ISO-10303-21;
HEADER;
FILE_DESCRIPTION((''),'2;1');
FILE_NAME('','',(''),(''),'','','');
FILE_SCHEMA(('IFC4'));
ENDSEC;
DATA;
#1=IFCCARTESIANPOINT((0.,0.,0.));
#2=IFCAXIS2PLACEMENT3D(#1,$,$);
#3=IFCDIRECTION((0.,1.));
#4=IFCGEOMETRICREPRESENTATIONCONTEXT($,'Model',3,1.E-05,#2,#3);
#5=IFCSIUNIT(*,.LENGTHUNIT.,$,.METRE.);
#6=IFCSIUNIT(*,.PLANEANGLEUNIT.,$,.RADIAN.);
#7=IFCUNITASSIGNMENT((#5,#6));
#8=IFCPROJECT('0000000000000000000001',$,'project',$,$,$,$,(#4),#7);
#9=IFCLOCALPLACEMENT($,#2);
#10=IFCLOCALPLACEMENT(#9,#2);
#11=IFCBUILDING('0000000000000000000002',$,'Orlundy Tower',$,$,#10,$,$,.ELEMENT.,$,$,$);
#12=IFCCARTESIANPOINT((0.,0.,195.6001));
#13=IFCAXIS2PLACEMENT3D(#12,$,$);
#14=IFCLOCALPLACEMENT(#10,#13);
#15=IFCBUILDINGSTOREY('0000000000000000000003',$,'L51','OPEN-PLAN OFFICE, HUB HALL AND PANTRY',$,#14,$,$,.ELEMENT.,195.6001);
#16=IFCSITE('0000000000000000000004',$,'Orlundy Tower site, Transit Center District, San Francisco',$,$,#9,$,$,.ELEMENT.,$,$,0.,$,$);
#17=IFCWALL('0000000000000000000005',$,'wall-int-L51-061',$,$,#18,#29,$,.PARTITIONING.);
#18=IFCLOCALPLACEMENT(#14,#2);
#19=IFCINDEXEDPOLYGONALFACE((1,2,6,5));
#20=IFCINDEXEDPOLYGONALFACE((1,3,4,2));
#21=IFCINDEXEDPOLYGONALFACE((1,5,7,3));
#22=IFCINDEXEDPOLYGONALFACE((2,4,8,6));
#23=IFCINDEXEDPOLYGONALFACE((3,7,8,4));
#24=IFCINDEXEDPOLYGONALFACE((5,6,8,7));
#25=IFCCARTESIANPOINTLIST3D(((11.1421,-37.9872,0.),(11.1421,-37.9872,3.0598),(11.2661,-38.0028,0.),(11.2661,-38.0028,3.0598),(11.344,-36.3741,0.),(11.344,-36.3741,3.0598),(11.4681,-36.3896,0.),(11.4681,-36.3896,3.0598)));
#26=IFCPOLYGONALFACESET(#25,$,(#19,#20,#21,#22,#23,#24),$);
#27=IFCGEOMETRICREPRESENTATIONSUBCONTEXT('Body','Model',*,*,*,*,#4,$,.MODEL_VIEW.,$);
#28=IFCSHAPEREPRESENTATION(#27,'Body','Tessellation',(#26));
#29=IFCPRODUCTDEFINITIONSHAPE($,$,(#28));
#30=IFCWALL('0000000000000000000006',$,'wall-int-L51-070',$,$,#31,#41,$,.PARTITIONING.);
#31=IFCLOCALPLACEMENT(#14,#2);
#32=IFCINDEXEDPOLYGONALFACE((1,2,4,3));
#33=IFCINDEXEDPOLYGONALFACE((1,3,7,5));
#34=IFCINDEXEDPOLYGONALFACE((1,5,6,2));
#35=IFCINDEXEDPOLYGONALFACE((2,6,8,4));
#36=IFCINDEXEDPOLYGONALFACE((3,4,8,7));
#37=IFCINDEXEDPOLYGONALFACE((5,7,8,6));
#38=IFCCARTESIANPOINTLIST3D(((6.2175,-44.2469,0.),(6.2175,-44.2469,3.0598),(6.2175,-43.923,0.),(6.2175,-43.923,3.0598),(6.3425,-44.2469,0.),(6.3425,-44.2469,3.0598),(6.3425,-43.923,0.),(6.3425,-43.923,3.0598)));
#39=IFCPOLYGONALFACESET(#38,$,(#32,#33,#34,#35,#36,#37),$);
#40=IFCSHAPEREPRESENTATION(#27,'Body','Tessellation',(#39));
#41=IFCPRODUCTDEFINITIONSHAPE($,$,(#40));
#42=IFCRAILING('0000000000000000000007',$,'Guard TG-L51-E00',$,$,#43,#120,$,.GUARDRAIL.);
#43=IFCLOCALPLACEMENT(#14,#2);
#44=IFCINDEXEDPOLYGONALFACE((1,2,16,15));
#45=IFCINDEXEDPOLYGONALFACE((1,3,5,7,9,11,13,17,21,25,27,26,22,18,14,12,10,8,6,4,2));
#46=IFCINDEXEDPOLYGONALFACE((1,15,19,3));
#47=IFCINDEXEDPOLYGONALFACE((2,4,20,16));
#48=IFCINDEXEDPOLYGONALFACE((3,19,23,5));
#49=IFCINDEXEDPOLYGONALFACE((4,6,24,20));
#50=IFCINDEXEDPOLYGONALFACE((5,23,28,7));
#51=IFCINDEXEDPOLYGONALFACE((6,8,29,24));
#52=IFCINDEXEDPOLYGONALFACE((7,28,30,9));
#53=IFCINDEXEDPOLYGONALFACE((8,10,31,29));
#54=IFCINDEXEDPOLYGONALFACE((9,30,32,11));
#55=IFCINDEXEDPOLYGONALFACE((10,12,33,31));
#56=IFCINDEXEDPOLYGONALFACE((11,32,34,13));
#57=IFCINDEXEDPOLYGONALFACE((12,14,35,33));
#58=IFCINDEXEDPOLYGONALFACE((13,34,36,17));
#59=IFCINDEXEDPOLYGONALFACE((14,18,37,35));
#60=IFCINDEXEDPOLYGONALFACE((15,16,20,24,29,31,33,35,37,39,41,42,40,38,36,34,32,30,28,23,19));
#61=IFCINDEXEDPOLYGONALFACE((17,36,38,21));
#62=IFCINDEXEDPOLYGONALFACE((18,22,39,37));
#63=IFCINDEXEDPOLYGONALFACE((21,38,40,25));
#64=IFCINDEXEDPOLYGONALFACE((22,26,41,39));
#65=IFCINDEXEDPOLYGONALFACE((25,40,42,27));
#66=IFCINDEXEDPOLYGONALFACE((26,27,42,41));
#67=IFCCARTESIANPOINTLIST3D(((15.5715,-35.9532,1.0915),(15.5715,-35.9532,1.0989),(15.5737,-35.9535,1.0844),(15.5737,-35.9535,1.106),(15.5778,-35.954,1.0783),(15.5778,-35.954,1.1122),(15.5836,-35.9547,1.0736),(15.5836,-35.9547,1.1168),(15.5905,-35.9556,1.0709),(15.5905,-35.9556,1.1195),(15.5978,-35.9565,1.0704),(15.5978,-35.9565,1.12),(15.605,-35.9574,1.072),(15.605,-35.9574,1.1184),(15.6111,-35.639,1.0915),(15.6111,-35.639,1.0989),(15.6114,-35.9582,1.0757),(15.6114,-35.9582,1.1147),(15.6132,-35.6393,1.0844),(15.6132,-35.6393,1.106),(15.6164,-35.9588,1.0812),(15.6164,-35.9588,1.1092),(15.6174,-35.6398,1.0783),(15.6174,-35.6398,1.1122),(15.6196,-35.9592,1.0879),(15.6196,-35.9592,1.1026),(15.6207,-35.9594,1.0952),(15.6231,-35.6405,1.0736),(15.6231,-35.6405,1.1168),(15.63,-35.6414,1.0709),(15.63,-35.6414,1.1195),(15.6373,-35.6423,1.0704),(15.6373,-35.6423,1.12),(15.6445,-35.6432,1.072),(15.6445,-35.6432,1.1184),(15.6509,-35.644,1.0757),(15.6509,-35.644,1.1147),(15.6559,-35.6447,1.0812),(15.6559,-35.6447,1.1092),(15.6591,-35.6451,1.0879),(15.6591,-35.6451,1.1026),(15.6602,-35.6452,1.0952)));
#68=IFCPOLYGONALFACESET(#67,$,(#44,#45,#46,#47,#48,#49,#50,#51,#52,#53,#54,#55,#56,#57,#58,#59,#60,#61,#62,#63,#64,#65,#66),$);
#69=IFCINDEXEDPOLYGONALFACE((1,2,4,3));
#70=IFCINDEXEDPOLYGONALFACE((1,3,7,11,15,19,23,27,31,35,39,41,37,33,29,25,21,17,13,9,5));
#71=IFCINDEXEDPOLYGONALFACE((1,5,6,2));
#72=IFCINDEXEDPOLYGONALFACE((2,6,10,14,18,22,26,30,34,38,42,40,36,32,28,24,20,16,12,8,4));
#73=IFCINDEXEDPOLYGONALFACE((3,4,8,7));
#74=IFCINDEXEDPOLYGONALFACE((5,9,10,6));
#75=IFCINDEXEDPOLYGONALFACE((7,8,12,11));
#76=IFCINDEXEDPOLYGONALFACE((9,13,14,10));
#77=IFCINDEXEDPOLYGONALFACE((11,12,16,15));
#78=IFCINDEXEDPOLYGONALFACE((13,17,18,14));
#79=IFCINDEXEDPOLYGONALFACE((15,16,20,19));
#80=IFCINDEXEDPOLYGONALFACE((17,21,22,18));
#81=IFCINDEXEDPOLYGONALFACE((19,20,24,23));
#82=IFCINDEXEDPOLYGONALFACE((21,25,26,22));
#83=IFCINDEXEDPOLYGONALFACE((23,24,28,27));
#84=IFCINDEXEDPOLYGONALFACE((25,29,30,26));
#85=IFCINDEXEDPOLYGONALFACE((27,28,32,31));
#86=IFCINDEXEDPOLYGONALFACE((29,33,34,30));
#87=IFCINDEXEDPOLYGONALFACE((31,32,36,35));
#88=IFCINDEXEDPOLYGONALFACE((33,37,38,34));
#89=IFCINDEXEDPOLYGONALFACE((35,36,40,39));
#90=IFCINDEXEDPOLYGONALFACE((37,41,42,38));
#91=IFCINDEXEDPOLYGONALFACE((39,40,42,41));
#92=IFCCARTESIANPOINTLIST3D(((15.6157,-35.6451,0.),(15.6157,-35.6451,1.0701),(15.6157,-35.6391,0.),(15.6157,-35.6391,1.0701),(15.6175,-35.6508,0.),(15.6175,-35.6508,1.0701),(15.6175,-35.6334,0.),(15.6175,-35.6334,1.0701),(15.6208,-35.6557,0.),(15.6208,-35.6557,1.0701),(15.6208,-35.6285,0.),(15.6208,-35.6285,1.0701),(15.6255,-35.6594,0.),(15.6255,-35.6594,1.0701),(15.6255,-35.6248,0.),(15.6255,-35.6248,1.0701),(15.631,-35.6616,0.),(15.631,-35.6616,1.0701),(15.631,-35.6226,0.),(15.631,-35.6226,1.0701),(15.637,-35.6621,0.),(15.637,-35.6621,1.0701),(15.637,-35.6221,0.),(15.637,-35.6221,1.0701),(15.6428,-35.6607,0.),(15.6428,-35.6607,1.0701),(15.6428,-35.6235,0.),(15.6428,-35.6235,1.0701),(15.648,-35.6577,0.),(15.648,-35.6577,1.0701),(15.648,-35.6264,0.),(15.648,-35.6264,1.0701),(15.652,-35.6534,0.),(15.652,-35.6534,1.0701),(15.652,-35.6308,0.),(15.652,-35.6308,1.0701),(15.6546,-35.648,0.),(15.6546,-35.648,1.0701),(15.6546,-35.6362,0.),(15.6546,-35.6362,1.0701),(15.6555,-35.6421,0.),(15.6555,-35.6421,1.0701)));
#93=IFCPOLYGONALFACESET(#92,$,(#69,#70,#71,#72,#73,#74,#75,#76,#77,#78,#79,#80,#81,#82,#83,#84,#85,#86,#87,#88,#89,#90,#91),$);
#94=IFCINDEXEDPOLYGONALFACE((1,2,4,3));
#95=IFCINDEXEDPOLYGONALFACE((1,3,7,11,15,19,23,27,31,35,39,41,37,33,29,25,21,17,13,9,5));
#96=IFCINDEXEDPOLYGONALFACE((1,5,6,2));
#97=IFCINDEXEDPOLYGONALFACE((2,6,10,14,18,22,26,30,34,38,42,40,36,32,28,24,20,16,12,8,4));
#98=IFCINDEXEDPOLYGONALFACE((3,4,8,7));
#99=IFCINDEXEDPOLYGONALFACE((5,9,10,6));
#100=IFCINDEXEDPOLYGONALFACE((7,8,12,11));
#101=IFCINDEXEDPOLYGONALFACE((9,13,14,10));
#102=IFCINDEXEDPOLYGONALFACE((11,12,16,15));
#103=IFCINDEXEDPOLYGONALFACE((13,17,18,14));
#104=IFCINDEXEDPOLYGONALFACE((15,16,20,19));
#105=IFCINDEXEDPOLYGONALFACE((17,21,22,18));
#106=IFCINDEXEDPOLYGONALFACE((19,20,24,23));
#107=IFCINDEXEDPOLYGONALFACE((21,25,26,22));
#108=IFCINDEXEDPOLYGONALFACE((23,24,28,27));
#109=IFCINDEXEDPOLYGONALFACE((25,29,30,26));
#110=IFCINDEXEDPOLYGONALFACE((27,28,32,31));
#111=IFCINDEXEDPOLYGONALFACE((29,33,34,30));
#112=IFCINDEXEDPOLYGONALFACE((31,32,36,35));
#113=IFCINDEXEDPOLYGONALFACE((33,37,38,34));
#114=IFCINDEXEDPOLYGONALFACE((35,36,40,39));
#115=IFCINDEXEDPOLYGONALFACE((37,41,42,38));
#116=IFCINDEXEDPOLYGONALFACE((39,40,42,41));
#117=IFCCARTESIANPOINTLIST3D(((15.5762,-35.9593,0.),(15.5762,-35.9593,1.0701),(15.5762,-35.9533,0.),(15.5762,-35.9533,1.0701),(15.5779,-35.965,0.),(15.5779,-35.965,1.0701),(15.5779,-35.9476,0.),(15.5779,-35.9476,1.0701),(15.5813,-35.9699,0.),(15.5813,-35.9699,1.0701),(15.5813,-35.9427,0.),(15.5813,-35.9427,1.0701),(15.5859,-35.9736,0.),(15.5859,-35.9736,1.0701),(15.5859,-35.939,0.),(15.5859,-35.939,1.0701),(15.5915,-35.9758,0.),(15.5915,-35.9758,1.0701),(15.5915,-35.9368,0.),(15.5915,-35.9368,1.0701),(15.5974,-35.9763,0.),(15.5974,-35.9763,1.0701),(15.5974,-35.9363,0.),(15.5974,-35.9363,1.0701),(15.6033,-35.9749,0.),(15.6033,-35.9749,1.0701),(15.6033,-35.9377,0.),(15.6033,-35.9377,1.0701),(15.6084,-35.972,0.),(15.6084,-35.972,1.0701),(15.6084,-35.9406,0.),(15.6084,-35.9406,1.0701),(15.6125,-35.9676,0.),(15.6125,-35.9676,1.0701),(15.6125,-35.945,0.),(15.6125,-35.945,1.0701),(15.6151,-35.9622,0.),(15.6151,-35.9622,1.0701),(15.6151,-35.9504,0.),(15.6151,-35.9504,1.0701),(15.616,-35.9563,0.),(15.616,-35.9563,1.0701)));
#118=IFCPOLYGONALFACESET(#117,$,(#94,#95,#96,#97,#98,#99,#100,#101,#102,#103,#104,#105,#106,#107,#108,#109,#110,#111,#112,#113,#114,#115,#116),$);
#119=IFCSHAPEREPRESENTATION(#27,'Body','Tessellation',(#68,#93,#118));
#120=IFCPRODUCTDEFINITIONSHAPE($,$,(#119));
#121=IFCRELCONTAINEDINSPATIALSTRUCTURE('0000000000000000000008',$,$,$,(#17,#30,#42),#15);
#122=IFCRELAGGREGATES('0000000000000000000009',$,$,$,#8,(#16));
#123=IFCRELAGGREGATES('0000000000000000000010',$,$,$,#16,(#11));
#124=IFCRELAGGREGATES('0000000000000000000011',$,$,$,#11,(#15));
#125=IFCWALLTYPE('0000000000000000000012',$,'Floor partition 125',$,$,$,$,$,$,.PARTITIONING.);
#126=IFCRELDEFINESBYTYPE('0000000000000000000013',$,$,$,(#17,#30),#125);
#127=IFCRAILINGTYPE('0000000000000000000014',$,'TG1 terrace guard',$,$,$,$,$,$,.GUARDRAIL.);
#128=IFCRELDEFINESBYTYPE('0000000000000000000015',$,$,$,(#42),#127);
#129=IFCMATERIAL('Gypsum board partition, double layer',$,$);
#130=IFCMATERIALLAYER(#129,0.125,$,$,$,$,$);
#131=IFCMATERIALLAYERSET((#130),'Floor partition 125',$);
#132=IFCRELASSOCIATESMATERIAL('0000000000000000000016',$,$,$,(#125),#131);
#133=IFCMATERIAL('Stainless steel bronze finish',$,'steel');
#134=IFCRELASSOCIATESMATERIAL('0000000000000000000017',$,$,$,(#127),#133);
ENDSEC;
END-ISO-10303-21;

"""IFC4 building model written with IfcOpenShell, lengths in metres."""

from ifc_helpers import new_model, si_unit, direction, frame, frame_2d, origin, origin_2d, place, context, subcontext, project, spatial, rectangle, circle, extrude, material, layer, layer_set, type_object, element, save


model = new_model("IFC4")

# Units and contexts
model_context = context("Model", 3, precision=1e-05, world=origin(), true_north=direction((0.0, 1.0)))
body_context = subcontext(model_context, "Body", "Model", "MODEL_VIEW")
ifc_project = project(units=[si_unit("LENGTHUNIT", "METRE"), si_unit("PLANEANGLEUNIT", "RADIAN")], contexts=[model_context])

# Site, building, storey
site_placement = place(None, origin())
site = spatial("IfcSite", under=ifc_project, at=site_placement, Name="Orlundy Tower site, Transit Center District, San Francisco", CompositionType="ELEMENT", RefElevation=0.0)
building_placement = place(site_placement, origin())
building = spatial("IfcBuilding", under=site, at=building_placement, Name="Orlundy Tower", CompositionType="ELEMENT")
storey_placement = place(building_placement, frame((0.0, 0.0, 195.6001)))
storey = spatial("IfcBuildingStorey", under=building, at=storey_placement, Name="L51", Description="OPEN-PLAN OFFICE, HUB HALL AND PANTRY", CompositionType="ELEMENT", Elevation=195.6001)

# Shared definitions
ifc_material_1 = material(Name="Gypsum board partition, double layer")
ifc_layer_1 = layer(ifc_material_1, 0.125)
ifc_layer_set_1 = layer_set([ifc_layer_1], Name="Floor partition 125")
wall_type_1 = type_object("IfcWallType", Name="Floor partition 125", PredefinedType="PARTITIONING", material=ifc_layer_set_1)

# Walls
wall_1_placement = place(storey_placement, frame((11.2041, -37.9951, 0.0), z_axis=(0.0, 0.0, 1.0), x_axis=(0.124201, 0.992257, 0.0)))
element("IfcWall", 1, at=wall_1_placement, inside=storey, type_object=wall_type_1, Name="wall-int-L51-061", PredefinedType="PARTITIONING", context=body_context, shape_type="SweptSolid", body=[
    extrude(rectangle(XDim=1.6257, YDim=0.125, at=frame_2d((0.813, 0.0))), origin(), (0.0, 0.0, 1.0), 3.0598),
])
wall_2_placement = place(storey_placement, frame((6.28, -44.2471, 0.0), z_axis=(0.0, 0.0, 1.0), x_axis=(0.0, 1.0, 0.0)))
element("IfcWall", 2, at=wall_2_placement, inside=storey, type_object=wall_type_1, Name="wall-int-L51-070", PredefinedType="PARTITIONING", context=body_context, shape_type="SweptSolid", body=[
    extrude(rectangle(XDim=0.324, YDim=0.125, at=frame_2d((0.1621, 0.0))), origin(), (0.0, 0.0, 1.0), 3.0598),
])

# Railing
ifc_material_2 = material(Name="Stainless steel bronze finish", Category="steel")
railing_type = type_object("IfcRailingType", Name="TG1 terrace guard", PredefinedType="GUARDRAIL", material=ifc_material_2)
railing_placement = place(storey_placement, frame((15.6355, -35.6421, 0.0)))
element("IfcRailing", 3, at=railing_placement, inside=storey, type_object=railing_type, Name="Guard TG-L51-E00", PredefinedType="GUARDRAIL", context=body_context, shape_type="SweptSolid", body=[
    extrude(circle(Radius=0.0249, at=origin_2d()), frame((0.0, 0.0, 1.0952), z_axis=(-0.124889, -0.992171, 0.0), x_axis=(0.992171, -0.124889, 0.0)), (0.0, 0.0, 1.0), 0.3167),
    extrude(circle(Radius=0.02, at=origin_2d()), origin(), (0.0, 0.0, 1.0), 1.0701),
    extrude(circle(Radius=0.02, at=origin_2d()), frame((-0.0396, -0.3142, 0.0)), (0.0, 0.0, 1.0), 1.0701),
])

save(model, "model.ifc")
